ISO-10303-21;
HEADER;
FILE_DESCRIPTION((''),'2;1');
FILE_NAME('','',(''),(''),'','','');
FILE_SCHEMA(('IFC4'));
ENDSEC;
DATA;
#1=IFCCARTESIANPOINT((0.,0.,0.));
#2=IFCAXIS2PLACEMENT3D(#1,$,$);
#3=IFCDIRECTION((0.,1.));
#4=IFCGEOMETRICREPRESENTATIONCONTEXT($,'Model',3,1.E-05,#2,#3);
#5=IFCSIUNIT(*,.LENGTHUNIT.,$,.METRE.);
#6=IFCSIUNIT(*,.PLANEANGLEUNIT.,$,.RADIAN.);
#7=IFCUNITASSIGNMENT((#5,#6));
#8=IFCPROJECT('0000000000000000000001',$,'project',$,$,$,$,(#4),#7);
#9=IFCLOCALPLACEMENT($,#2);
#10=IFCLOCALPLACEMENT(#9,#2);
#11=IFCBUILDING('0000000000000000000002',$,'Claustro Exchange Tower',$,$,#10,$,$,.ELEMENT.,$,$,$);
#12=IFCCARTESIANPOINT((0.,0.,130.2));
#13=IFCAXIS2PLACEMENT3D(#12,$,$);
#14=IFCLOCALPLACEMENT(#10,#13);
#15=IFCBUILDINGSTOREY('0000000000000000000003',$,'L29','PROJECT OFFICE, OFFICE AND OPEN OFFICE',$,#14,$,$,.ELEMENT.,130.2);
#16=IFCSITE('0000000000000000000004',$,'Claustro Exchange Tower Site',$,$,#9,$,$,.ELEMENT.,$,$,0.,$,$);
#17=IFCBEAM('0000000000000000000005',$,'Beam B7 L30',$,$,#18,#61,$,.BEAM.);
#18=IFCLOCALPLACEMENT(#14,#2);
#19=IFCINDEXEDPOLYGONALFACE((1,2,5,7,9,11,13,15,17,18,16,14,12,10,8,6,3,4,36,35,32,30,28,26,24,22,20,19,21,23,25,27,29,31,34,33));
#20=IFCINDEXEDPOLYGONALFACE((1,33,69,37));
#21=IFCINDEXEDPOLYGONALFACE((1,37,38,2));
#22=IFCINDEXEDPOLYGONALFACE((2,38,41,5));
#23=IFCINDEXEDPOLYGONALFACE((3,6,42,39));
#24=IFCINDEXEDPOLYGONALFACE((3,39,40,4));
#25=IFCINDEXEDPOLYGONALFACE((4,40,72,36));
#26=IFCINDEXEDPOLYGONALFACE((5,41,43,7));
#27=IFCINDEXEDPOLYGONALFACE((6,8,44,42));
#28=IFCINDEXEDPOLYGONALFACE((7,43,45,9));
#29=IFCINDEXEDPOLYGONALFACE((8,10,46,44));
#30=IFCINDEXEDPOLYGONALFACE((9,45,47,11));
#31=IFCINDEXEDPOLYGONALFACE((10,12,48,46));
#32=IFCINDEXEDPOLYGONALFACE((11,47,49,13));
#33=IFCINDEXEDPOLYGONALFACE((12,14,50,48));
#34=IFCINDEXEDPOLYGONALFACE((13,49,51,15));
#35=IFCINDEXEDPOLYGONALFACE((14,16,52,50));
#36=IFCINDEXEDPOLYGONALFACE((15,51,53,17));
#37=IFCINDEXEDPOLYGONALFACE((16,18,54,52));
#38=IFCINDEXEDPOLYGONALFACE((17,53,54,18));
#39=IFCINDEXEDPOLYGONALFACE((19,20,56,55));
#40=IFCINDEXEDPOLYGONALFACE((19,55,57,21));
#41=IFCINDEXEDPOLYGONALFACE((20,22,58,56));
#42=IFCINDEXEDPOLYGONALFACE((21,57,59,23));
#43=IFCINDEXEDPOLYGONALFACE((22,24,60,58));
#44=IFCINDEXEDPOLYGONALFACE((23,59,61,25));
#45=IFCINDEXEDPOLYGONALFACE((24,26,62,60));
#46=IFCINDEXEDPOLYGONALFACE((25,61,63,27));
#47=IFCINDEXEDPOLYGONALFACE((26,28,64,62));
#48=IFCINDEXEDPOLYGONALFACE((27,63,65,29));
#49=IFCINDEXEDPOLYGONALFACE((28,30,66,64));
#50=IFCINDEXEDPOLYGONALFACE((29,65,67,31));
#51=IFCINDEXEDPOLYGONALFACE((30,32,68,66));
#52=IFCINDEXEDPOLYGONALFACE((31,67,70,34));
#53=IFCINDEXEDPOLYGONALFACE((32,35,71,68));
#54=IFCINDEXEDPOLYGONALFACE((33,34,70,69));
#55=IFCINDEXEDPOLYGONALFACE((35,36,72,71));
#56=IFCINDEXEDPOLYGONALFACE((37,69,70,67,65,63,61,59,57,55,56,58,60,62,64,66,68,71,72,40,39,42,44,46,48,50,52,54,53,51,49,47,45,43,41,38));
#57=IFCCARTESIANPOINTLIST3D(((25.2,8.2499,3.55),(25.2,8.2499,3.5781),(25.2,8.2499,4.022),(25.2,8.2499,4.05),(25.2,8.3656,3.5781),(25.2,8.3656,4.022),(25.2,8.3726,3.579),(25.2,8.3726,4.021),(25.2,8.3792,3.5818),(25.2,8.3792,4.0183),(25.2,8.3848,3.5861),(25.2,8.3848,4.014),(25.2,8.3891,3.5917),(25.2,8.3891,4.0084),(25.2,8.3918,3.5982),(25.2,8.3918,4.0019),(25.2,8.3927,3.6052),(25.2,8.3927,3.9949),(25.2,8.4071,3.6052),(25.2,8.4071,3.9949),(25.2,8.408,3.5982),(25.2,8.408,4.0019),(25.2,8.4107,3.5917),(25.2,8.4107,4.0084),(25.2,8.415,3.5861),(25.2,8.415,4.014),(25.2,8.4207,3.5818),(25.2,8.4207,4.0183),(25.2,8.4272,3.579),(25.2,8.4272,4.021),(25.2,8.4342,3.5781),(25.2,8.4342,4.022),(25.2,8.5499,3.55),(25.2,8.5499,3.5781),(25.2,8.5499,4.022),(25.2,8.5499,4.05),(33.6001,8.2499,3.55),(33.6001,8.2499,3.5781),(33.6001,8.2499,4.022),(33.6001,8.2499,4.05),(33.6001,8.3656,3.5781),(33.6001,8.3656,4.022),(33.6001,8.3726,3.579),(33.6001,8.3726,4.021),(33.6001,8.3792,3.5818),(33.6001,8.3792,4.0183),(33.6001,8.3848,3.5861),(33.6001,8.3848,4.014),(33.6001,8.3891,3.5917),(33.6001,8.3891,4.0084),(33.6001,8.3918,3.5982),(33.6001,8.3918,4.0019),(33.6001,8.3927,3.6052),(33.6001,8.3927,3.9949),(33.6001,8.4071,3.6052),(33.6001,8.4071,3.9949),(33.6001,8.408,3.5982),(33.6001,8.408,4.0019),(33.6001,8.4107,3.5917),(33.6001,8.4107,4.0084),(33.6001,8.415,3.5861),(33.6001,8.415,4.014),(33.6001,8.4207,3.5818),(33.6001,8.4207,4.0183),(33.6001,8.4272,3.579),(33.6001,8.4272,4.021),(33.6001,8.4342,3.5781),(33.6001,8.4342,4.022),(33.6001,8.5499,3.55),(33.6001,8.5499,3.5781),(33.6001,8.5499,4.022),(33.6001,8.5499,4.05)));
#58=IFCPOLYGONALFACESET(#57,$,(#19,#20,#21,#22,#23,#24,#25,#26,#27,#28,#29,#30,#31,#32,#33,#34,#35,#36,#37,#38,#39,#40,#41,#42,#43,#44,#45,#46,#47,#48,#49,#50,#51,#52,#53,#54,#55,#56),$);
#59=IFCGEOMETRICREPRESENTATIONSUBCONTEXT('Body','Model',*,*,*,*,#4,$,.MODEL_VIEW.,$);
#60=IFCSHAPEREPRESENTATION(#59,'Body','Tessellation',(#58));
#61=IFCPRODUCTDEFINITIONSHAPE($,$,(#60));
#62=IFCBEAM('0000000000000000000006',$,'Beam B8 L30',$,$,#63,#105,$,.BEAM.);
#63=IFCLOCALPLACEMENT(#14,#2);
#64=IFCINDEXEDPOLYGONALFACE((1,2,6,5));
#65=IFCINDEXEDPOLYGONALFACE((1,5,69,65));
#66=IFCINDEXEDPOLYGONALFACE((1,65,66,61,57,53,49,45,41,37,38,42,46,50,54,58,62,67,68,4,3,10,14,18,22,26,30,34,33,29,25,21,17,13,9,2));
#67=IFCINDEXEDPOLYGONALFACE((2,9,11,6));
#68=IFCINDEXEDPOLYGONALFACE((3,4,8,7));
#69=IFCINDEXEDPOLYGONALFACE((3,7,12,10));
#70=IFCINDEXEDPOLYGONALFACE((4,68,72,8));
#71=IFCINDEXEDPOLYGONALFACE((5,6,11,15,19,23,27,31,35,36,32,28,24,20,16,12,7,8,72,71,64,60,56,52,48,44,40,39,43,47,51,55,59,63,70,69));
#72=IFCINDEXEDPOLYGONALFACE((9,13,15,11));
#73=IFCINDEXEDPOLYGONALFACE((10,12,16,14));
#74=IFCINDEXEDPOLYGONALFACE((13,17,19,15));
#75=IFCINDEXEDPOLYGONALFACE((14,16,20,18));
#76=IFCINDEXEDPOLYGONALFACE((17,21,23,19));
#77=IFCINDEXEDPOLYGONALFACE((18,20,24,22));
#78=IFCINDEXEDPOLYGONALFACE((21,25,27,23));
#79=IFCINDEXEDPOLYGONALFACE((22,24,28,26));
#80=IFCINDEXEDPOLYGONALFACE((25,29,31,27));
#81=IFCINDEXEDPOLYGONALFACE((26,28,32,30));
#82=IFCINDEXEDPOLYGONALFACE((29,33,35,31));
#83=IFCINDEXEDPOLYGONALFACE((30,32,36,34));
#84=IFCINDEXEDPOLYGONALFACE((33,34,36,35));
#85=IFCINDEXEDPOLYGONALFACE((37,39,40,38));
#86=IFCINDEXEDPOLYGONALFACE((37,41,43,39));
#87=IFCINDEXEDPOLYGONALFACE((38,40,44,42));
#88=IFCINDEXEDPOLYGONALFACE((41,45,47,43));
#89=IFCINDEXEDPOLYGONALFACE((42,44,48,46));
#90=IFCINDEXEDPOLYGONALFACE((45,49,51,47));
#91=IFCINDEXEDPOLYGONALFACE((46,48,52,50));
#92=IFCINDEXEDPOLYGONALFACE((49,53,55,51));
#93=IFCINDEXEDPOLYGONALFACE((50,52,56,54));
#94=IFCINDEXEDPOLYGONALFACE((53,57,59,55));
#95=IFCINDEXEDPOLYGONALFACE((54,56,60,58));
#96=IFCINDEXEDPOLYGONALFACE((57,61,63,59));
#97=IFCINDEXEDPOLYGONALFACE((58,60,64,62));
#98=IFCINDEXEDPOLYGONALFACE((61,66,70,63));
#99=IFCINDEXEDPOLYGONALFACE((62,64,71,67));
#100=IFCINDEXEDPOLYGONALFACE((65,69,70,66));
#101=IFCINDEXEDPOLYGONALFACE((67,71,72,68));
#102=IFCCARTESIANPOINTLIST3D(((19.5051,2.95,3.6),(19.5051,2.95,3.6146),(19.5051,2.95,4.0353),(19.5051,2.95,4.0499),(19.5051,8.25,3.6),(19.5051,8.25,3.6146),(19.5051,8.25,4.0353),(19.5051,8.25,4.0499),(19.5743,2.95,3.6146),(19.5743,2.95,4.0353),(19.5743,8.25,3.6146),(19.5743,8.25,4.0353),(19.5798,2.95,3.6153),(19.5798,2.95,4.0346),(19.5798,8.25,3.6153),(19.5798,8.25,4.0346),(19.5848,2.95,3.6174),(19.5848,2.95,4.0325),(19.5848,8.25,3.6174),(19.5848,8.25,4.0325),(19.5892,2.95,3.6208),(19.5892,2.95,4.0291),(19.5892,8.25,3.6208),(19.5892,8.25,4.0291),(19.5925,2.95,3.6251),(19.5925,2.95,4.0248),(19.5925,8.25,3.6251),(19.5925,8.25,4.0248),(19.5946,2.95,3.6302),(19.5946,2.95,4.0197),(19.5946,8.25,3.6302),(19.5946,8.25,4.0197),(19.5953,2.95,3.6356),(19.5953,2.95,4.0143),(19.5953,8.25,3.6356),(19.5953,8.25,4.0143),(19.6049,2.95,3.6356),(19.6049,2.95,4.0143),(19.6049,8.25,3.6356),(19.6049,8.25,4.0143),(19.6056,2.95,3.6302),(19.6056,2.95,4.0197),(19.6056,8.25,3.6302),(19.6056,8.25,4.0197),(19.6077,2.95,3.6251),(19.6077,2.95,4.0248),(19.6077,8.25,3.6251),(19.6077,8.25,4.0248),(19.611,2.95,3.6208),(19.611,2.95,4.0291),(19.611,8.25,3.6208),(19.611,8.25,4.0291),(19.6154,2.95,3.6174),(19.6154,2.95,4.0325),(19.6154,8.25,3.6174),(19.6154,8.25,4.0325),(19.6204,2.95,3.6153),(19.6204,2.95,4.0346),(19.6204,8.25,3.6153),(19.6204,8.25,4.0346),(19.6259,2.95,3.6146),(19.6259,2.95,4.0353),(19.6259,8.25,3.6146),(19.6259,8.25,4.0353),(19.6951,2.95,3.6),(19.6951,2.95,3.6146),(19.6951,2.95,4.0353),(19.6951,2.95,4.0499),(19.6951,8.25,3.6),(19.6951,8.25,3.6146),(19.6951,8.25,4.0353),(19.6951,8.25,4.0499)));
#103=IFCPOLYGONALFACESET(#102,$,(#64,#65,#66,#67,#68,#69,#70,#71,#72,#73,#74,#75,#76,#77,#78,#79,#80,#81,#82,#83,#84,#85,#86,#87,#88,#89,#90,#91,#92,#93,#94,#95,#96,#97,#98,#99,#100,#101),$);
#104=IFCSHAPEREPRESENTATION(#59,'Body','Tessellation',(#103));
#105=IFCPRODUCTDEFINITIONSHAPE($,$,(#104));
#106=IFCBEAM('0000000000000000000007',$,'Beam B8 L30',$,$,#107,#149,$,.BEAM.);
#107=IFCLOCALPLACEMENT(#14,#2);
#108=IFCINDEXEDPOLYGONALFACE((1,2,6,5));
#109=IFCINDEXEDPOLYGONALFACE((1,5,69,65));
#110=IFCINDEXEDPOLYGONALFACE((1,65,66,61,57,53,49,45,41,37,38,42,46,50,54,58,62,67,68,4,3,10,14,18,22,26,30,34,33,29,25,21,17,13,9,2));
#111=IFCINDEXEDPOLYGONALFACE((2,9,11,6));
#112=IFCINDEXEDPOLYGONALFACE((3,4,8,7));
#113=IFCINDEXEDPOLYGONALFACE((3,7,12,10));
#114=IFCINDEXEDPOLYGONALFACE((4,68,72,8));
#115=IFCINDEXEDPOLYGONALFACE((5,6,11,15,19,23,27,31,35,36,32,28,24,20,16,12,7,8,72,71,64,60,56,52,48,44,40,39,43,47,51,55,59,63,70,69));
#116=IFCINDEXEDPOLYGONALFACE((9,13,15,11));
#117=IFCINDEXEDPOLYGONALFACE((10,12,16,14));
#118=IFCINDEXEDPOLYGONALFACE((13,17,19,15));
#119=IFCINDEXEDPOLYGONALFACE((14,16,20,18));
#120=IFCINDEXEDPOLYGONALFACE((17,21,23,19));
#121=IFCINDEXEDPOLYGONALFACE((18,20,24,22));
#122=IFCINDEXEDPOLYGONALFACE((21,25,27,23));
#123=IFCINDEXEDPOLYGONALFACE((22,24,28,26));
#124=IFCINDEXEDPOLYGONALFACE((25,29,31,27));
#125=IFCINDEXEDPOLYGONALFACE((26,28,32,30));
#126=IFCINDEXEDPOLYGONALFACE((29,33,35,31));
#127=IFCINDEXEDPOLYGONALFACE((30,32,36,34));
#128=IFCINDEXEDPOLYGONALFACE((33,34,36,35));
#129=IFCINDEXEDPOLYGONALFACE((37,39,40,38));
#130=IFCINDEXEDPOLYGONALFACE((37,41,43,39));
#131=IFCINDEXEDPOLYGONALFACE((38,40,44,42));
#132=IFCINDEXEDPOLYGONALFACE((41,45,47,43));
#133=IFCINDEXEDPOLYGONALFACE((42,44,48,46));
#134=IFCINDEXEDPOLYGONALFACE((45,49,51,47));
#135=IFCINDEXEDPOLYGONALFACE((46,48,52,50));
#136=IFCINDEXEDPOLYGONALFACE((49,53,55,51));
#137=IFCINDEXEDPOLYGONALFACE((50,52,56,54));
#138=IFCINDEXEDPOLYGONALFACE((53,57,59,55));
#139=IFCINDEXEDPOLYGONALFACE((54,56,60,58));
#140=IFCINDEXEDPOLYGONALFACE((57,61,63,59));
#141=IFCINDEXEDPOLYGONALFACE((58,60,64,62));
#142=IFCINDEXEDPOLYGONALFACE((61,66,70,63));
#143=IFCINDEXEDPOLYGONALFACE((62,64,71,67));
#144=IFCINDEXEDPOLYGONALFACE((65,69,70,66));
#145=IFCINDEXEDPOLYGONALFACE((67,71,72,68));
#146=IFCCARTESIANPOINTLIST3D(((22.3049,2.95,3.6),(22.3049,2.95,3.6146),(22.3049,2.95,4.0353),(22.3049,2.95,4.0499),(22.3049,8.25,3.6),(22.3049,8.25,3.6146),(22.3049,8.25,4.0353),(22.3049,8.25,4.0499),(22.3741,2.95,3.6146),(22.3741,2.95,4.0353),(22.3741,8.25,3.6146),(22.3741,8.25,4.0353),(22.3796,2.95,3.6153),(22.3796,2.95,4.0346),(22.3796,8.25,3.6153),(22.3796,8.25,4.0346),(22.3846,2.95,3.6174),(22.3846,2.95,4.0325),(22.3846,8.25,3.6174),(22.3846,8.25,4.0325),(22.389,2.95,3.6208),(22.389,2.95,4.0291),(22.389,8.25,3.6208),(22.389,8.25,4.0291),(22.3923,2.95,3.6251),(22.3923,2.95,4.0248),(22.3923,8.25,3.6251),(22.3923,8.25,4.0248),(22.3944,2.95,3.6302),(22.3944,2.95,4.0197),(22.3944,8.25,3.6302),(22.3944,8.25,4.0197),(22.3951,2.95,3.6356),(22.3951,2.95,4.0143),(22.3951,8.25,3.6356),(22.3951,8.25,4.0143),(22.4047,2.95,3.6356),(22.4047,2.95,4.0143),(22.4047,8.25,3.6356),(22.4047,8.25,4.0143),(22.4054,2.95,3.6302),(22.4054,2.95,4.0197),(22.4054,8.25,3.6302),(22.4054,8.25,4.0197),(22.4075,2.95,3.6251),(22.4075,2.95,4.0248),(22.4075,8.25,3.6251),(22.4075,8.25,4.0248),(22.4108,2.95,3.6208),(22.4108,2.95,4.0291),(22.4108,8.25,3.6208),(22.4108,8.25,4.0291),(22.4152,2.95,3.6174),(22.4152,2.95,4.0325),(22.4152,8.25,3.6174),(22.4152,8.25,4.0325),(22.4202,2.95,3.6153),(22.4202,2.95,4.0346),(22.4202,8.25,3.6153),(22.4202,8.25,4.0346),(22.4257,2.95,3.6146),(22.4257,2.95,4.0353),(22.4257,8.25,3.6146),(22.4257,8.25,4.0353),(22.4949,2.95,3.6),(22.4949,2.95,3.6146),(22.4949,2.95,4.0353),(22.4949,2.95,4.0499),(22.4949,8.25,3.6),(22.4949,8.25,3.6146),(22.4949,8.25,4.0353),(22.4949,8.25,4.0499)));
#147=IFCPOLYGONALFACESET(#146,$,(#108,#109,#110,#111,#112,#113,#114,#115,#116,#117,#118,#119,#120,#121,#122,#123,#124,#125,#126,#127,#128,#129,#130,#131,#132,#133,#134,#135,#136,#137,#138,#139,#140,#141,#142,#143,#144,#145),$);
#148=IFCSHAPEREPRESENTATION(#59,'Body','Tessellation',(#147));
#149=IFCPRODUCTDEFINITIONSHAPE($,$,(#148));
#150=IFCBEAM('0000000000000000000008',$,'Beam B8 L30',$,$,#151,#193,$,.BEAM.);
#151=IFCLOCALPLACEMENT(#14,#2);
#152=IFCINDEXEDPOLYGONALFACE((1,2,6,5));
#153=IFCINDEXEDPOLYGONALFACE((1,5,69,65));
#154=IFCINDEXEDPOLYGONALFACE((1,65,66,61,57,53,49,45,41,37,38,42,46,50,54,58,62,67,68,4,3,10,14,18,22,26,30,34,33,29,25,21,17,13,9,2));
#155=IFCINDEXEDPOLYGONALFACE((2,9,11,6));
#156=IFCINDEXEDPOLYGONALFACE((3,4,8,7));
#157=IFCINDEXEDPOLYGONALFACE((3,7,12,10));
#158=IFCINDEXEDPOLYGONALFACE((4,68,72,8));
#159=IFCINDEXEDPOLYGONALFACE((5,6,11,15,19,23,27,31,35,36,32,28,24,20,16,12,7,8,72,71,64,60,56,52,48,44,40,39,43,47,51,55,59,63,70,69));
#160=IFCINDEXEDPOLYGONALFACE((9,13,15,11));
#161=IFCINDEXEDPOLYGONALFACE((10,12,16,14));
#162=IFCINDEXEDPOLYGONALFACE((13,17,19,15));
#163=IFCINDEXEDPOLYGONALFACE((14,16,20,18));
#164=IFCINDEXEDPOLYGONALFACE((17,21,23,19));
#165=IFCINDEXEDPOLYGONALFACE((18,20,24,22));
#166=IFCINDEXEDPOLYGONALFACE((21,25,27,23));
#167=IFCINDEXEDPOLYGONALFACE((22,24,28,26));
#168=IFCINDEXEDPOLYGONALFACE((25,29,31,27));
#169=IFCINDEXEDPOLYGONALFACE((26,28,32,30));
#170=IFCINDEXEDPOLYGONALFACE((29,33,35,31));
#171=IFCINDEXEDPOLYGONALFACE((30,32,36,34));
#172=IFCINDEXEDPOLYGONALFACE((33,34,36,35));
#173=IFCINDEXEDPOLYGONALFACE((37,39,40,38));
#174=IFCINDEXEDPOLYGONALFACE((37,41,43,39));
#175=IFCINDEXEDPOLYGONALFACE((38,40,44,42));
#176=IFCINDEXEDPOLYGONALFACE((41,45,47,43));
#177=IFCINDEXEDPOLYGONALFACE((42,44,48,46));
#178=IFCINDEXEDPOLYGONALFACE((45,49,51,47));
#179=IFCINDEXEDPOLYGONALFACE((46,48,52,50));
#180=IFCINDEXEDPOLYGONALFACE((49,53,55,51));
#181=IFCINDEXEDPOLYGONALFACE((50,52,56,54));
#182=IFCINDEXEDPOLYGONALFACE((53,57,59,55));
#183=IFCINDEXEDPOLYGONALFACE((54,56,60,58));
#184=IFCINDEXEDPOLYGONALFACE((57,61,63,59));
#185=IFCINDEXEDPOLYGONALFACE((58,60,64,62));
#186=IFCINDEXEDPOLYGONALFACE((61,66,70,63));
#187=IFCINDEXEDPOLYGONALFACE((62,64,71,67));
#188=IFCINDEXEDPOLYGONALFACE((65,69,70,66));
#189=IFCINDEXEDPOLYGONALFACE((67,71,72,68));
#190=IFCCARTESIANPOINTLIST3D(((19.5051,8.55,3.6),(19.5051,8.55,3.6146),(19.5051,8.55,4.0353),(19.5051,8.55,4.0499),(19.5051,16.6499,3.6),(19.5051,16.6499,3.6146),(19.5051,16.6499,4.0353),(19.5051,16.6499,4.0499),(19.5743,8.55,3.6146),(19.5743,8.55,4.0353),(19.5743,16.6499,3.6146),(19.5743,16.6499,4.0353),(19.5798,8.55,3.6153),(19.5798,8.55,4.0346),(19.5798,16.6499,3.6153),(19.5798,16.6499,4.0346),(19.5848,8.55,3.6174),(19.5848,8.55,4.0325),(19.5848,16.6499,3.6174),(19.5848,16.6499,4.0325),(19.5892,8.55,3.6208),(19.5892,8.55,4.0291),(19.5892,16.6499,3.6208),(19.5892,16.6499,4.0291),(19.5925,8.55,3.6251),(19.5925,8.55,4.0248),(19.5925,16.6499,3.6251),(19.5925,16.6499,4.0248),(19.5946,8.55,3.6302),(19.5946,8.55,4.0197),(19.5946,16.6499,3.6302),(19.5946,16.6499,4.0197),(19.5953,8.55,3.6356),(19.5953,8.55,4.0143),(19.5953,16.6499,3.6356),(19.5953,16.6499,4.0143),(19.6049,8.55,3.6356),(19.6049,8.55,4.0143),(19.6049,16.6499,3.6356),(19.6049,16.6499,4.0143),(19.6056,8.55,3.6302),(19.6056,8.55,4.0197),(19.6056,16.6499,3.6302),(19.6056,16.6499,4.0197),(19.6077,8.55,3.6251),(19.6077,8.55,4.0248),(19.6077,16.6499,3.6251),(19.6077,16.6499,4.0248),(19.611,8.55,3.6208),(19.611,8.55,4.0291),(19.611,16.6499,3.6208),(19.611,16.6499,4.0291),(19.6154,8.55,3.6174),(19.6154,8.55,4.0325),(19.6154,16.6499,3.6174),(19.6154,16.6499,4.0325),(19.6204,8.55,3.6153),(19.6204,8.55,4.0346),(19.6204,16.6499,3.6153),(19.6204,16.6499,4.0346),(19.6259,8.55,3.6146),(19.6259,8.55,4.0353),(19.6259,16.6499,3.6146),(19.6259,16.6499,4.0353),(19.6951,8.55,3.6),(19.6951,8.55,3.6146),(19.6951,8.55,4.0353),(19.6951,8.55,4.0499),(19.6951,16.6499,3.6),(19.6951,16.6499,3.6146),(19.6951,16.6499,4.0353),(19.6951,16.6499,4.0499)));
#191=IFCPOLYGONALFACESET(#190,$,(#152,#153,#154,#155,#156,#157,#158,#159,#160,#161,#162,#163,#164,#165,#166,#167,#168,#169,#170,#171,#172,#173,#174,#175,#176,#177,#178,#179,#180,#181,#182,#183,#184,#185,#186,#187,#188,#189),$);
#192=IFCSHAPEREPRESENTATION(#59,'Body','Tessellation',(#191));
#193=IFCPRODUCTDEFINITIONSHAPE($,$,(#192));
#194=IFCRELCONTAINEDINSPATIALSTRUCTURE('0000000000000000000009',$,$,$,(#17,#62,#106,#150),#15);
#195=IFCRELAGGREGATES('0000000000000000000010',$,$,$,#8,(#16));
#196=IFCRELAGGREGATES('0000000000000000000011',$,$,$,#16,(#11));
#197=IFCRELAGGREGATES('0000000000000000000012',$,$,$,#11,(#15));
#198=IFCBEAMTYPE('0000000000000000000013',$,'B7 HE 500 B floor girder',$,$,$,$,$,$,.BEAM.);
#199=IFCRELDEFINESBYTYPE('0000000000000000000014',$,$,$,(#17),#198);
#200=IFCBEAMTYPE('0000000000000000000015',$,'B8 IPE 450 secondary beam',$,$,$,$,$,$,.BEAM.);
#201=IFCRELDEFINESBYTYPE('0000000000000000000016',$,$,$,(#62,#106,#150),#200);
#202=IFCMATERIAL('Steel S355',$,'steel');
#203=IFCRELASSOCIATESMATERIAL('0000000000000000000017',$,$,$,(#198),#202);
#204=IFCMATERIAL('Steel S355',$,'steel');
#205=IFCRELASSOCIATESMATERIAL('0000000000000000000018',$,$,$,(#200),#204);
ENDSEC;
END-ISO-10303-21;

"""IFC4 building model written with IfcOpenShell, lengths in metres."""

from ifc_helpers import new_model, si_unit, direction, frame, origin, origin_2d, place, context, subcontext, project, spatial, i_section, extrude, material, material_profile, profile_set, type_object, element, save


model = new_model("IFC4")

# Units and contexts
model_context = context("Model", 3, precision=1e-05, world=origin(), true_north=direction((0.0, 1.0)))
body_context = subcontext(model_context, "Body", "Model", "MODEL_VIEW")
ifc_project = project(units=[si_unit("LENGTHUNIT", "METRE"), si_unit("PLANEANGLEUNIT", "RADIAN")], contexts=[model_context])

# Site, building, storey
site_placement = place(None, origin())
site = spatial("IfcSite", under=ifc_project, at=site_placement, Name="Claustro Exchange Tower Site", CompositionType="ELEMENT", RefElevation=0.0)
building_placement = place(site_placement, origin())
building = spatial("IfcBuilding", under=site, at=building_placement, Name="Claustro Exchange Tower", CompositionType="ELEMENT")
storey_placement = place(building_placement, frame((0.0, 0.0, 130.2)))
storey = spatial("IfcBuildingStorey", under=building, at=storey_placement, Name="L29", Description="PROJECT OFFICE, OFFICE AND OPEN OFFICE", CompositionType="ELEMENT", Elevation=130.2)

# Beams
ifc_material_1 = material(Name="Steel S355", Category="steel")
ifc_material_profile_1 = material_profile(ifc_material_1, i_section(OverallWidth=0.3, OverallDepth=0.5, WebThickness=0.0144, FlangeThickness=0.0281, FilletRadius=0.0271, at=origin_2d()), Name="HE 500 B")
ifc_profile_set_1 = profile_set([ifc_material_profile_1], Name="Steel S355")
beam_type_1 = type_object("IfcBeamType", Name="B7 HE 500 B floor girder", PredefinedType="BEAM", material=ifc_profile_set_1)
for number, where, z_axis, x_axis, name in (
    (1, (25.2, 8.3999, 3.8), (1.0, 0.0, 0.0), (0.0, 1.0, 0.0), "Beam B7 L30"),
):
    element("IfcBeam", number, at=place(storey_placement, frame(where, z_axis=z_axis, x_axis=x_axis)), inside=storey, type_object=beam_type_1, Name=name, PredefinedType="BEAM", context=body_context, shape_type="SweptSolid", body=[
        extrude(i_section(OverallWidth=0.3, OverallDepth=0.5, WebThickness=0.0144, FlangeThickness=0.0281, FilletRadius=0.0271, at=origin_2d()), origin(), (0.0, 0.0, 1.0), 8.4001),
    ])
ifc_material_2 = material(Name="Steel S355", Category="steel")
ifc_material_profile_2 = material_profile(ifc_material_2, i_section(OverallWidth=0.1899, OverallDepth=0.45, WebThickness=0.0095, FlangeThickness=0.0146, FilletRadius=0.021, at=origin_2d()), Name="IPE 450")
ifc_profile_set_2 = profile_set([ifc_material_profile_2], Name="Steel S355")
beam_type_2 = type_object("IfcBeamType", Name="B8 IPE 450 secondary beam", PredefinedType="BEAM", material=ifc_profile_set_2)
for number, where, z_axis, x_axis, name in (
    (2, (19.6001, 2.95, 3.825), (0.0, 1.0, 0.0), (-1.0, 0.0, 0.0), "Beam B8 L30"),
    (3, (22.3999, 2.95, 3.825), (0.0, 1.0, 0.0), (-1.0, 0.0, 0.0), "Beam B8 L30"),
):
    element("IfcBeam", number, at=place(storey_placement, frame(where, z_axis=z_axis, x_axis=x_axis)), inside=storey, type_object=beam_type_2, Name=name, PredefinedType="BEAM", context=body_context, shape_type="SweptSolid", body=[
        extrude(i_section(OverallWidth=0.1899, OverallDepth=0.45, WebThickness=0.0095, FlangeThickness=0.0146, FilletRadius=0.021, at=origin_2d()), origin(), (0.0, 0.0, 1.0), 5.3),
    ])
for number, where, z_axis, x_axis, name in (
    (4, (19.6001, 8.55, 3.825), (0.0, 1.0, 0.0), (-1.0, 0.0, 0.0), "Beam B8 L30"),
):
    element("IfcBeam", number, at=place(storey_placement, frame(where, z_axis=z_axis, x_axis=x_axis)), inside=storey, type_object=beam_type_2, Name=name, PredefinedType="BEAM", context=body_context, shape_type="SweptSolid", body=[
        extrude(i_section(OverallWidth=0.1899, OverallDepth=0.45, WebThickness=0.0095, FlangeThickness=0.0146, FilletRadius=0.021, at=origin_2d()), origin(), (0.0, 0.0, 1.0), 8.0999),
    ])

save(model, "model.ifc")
